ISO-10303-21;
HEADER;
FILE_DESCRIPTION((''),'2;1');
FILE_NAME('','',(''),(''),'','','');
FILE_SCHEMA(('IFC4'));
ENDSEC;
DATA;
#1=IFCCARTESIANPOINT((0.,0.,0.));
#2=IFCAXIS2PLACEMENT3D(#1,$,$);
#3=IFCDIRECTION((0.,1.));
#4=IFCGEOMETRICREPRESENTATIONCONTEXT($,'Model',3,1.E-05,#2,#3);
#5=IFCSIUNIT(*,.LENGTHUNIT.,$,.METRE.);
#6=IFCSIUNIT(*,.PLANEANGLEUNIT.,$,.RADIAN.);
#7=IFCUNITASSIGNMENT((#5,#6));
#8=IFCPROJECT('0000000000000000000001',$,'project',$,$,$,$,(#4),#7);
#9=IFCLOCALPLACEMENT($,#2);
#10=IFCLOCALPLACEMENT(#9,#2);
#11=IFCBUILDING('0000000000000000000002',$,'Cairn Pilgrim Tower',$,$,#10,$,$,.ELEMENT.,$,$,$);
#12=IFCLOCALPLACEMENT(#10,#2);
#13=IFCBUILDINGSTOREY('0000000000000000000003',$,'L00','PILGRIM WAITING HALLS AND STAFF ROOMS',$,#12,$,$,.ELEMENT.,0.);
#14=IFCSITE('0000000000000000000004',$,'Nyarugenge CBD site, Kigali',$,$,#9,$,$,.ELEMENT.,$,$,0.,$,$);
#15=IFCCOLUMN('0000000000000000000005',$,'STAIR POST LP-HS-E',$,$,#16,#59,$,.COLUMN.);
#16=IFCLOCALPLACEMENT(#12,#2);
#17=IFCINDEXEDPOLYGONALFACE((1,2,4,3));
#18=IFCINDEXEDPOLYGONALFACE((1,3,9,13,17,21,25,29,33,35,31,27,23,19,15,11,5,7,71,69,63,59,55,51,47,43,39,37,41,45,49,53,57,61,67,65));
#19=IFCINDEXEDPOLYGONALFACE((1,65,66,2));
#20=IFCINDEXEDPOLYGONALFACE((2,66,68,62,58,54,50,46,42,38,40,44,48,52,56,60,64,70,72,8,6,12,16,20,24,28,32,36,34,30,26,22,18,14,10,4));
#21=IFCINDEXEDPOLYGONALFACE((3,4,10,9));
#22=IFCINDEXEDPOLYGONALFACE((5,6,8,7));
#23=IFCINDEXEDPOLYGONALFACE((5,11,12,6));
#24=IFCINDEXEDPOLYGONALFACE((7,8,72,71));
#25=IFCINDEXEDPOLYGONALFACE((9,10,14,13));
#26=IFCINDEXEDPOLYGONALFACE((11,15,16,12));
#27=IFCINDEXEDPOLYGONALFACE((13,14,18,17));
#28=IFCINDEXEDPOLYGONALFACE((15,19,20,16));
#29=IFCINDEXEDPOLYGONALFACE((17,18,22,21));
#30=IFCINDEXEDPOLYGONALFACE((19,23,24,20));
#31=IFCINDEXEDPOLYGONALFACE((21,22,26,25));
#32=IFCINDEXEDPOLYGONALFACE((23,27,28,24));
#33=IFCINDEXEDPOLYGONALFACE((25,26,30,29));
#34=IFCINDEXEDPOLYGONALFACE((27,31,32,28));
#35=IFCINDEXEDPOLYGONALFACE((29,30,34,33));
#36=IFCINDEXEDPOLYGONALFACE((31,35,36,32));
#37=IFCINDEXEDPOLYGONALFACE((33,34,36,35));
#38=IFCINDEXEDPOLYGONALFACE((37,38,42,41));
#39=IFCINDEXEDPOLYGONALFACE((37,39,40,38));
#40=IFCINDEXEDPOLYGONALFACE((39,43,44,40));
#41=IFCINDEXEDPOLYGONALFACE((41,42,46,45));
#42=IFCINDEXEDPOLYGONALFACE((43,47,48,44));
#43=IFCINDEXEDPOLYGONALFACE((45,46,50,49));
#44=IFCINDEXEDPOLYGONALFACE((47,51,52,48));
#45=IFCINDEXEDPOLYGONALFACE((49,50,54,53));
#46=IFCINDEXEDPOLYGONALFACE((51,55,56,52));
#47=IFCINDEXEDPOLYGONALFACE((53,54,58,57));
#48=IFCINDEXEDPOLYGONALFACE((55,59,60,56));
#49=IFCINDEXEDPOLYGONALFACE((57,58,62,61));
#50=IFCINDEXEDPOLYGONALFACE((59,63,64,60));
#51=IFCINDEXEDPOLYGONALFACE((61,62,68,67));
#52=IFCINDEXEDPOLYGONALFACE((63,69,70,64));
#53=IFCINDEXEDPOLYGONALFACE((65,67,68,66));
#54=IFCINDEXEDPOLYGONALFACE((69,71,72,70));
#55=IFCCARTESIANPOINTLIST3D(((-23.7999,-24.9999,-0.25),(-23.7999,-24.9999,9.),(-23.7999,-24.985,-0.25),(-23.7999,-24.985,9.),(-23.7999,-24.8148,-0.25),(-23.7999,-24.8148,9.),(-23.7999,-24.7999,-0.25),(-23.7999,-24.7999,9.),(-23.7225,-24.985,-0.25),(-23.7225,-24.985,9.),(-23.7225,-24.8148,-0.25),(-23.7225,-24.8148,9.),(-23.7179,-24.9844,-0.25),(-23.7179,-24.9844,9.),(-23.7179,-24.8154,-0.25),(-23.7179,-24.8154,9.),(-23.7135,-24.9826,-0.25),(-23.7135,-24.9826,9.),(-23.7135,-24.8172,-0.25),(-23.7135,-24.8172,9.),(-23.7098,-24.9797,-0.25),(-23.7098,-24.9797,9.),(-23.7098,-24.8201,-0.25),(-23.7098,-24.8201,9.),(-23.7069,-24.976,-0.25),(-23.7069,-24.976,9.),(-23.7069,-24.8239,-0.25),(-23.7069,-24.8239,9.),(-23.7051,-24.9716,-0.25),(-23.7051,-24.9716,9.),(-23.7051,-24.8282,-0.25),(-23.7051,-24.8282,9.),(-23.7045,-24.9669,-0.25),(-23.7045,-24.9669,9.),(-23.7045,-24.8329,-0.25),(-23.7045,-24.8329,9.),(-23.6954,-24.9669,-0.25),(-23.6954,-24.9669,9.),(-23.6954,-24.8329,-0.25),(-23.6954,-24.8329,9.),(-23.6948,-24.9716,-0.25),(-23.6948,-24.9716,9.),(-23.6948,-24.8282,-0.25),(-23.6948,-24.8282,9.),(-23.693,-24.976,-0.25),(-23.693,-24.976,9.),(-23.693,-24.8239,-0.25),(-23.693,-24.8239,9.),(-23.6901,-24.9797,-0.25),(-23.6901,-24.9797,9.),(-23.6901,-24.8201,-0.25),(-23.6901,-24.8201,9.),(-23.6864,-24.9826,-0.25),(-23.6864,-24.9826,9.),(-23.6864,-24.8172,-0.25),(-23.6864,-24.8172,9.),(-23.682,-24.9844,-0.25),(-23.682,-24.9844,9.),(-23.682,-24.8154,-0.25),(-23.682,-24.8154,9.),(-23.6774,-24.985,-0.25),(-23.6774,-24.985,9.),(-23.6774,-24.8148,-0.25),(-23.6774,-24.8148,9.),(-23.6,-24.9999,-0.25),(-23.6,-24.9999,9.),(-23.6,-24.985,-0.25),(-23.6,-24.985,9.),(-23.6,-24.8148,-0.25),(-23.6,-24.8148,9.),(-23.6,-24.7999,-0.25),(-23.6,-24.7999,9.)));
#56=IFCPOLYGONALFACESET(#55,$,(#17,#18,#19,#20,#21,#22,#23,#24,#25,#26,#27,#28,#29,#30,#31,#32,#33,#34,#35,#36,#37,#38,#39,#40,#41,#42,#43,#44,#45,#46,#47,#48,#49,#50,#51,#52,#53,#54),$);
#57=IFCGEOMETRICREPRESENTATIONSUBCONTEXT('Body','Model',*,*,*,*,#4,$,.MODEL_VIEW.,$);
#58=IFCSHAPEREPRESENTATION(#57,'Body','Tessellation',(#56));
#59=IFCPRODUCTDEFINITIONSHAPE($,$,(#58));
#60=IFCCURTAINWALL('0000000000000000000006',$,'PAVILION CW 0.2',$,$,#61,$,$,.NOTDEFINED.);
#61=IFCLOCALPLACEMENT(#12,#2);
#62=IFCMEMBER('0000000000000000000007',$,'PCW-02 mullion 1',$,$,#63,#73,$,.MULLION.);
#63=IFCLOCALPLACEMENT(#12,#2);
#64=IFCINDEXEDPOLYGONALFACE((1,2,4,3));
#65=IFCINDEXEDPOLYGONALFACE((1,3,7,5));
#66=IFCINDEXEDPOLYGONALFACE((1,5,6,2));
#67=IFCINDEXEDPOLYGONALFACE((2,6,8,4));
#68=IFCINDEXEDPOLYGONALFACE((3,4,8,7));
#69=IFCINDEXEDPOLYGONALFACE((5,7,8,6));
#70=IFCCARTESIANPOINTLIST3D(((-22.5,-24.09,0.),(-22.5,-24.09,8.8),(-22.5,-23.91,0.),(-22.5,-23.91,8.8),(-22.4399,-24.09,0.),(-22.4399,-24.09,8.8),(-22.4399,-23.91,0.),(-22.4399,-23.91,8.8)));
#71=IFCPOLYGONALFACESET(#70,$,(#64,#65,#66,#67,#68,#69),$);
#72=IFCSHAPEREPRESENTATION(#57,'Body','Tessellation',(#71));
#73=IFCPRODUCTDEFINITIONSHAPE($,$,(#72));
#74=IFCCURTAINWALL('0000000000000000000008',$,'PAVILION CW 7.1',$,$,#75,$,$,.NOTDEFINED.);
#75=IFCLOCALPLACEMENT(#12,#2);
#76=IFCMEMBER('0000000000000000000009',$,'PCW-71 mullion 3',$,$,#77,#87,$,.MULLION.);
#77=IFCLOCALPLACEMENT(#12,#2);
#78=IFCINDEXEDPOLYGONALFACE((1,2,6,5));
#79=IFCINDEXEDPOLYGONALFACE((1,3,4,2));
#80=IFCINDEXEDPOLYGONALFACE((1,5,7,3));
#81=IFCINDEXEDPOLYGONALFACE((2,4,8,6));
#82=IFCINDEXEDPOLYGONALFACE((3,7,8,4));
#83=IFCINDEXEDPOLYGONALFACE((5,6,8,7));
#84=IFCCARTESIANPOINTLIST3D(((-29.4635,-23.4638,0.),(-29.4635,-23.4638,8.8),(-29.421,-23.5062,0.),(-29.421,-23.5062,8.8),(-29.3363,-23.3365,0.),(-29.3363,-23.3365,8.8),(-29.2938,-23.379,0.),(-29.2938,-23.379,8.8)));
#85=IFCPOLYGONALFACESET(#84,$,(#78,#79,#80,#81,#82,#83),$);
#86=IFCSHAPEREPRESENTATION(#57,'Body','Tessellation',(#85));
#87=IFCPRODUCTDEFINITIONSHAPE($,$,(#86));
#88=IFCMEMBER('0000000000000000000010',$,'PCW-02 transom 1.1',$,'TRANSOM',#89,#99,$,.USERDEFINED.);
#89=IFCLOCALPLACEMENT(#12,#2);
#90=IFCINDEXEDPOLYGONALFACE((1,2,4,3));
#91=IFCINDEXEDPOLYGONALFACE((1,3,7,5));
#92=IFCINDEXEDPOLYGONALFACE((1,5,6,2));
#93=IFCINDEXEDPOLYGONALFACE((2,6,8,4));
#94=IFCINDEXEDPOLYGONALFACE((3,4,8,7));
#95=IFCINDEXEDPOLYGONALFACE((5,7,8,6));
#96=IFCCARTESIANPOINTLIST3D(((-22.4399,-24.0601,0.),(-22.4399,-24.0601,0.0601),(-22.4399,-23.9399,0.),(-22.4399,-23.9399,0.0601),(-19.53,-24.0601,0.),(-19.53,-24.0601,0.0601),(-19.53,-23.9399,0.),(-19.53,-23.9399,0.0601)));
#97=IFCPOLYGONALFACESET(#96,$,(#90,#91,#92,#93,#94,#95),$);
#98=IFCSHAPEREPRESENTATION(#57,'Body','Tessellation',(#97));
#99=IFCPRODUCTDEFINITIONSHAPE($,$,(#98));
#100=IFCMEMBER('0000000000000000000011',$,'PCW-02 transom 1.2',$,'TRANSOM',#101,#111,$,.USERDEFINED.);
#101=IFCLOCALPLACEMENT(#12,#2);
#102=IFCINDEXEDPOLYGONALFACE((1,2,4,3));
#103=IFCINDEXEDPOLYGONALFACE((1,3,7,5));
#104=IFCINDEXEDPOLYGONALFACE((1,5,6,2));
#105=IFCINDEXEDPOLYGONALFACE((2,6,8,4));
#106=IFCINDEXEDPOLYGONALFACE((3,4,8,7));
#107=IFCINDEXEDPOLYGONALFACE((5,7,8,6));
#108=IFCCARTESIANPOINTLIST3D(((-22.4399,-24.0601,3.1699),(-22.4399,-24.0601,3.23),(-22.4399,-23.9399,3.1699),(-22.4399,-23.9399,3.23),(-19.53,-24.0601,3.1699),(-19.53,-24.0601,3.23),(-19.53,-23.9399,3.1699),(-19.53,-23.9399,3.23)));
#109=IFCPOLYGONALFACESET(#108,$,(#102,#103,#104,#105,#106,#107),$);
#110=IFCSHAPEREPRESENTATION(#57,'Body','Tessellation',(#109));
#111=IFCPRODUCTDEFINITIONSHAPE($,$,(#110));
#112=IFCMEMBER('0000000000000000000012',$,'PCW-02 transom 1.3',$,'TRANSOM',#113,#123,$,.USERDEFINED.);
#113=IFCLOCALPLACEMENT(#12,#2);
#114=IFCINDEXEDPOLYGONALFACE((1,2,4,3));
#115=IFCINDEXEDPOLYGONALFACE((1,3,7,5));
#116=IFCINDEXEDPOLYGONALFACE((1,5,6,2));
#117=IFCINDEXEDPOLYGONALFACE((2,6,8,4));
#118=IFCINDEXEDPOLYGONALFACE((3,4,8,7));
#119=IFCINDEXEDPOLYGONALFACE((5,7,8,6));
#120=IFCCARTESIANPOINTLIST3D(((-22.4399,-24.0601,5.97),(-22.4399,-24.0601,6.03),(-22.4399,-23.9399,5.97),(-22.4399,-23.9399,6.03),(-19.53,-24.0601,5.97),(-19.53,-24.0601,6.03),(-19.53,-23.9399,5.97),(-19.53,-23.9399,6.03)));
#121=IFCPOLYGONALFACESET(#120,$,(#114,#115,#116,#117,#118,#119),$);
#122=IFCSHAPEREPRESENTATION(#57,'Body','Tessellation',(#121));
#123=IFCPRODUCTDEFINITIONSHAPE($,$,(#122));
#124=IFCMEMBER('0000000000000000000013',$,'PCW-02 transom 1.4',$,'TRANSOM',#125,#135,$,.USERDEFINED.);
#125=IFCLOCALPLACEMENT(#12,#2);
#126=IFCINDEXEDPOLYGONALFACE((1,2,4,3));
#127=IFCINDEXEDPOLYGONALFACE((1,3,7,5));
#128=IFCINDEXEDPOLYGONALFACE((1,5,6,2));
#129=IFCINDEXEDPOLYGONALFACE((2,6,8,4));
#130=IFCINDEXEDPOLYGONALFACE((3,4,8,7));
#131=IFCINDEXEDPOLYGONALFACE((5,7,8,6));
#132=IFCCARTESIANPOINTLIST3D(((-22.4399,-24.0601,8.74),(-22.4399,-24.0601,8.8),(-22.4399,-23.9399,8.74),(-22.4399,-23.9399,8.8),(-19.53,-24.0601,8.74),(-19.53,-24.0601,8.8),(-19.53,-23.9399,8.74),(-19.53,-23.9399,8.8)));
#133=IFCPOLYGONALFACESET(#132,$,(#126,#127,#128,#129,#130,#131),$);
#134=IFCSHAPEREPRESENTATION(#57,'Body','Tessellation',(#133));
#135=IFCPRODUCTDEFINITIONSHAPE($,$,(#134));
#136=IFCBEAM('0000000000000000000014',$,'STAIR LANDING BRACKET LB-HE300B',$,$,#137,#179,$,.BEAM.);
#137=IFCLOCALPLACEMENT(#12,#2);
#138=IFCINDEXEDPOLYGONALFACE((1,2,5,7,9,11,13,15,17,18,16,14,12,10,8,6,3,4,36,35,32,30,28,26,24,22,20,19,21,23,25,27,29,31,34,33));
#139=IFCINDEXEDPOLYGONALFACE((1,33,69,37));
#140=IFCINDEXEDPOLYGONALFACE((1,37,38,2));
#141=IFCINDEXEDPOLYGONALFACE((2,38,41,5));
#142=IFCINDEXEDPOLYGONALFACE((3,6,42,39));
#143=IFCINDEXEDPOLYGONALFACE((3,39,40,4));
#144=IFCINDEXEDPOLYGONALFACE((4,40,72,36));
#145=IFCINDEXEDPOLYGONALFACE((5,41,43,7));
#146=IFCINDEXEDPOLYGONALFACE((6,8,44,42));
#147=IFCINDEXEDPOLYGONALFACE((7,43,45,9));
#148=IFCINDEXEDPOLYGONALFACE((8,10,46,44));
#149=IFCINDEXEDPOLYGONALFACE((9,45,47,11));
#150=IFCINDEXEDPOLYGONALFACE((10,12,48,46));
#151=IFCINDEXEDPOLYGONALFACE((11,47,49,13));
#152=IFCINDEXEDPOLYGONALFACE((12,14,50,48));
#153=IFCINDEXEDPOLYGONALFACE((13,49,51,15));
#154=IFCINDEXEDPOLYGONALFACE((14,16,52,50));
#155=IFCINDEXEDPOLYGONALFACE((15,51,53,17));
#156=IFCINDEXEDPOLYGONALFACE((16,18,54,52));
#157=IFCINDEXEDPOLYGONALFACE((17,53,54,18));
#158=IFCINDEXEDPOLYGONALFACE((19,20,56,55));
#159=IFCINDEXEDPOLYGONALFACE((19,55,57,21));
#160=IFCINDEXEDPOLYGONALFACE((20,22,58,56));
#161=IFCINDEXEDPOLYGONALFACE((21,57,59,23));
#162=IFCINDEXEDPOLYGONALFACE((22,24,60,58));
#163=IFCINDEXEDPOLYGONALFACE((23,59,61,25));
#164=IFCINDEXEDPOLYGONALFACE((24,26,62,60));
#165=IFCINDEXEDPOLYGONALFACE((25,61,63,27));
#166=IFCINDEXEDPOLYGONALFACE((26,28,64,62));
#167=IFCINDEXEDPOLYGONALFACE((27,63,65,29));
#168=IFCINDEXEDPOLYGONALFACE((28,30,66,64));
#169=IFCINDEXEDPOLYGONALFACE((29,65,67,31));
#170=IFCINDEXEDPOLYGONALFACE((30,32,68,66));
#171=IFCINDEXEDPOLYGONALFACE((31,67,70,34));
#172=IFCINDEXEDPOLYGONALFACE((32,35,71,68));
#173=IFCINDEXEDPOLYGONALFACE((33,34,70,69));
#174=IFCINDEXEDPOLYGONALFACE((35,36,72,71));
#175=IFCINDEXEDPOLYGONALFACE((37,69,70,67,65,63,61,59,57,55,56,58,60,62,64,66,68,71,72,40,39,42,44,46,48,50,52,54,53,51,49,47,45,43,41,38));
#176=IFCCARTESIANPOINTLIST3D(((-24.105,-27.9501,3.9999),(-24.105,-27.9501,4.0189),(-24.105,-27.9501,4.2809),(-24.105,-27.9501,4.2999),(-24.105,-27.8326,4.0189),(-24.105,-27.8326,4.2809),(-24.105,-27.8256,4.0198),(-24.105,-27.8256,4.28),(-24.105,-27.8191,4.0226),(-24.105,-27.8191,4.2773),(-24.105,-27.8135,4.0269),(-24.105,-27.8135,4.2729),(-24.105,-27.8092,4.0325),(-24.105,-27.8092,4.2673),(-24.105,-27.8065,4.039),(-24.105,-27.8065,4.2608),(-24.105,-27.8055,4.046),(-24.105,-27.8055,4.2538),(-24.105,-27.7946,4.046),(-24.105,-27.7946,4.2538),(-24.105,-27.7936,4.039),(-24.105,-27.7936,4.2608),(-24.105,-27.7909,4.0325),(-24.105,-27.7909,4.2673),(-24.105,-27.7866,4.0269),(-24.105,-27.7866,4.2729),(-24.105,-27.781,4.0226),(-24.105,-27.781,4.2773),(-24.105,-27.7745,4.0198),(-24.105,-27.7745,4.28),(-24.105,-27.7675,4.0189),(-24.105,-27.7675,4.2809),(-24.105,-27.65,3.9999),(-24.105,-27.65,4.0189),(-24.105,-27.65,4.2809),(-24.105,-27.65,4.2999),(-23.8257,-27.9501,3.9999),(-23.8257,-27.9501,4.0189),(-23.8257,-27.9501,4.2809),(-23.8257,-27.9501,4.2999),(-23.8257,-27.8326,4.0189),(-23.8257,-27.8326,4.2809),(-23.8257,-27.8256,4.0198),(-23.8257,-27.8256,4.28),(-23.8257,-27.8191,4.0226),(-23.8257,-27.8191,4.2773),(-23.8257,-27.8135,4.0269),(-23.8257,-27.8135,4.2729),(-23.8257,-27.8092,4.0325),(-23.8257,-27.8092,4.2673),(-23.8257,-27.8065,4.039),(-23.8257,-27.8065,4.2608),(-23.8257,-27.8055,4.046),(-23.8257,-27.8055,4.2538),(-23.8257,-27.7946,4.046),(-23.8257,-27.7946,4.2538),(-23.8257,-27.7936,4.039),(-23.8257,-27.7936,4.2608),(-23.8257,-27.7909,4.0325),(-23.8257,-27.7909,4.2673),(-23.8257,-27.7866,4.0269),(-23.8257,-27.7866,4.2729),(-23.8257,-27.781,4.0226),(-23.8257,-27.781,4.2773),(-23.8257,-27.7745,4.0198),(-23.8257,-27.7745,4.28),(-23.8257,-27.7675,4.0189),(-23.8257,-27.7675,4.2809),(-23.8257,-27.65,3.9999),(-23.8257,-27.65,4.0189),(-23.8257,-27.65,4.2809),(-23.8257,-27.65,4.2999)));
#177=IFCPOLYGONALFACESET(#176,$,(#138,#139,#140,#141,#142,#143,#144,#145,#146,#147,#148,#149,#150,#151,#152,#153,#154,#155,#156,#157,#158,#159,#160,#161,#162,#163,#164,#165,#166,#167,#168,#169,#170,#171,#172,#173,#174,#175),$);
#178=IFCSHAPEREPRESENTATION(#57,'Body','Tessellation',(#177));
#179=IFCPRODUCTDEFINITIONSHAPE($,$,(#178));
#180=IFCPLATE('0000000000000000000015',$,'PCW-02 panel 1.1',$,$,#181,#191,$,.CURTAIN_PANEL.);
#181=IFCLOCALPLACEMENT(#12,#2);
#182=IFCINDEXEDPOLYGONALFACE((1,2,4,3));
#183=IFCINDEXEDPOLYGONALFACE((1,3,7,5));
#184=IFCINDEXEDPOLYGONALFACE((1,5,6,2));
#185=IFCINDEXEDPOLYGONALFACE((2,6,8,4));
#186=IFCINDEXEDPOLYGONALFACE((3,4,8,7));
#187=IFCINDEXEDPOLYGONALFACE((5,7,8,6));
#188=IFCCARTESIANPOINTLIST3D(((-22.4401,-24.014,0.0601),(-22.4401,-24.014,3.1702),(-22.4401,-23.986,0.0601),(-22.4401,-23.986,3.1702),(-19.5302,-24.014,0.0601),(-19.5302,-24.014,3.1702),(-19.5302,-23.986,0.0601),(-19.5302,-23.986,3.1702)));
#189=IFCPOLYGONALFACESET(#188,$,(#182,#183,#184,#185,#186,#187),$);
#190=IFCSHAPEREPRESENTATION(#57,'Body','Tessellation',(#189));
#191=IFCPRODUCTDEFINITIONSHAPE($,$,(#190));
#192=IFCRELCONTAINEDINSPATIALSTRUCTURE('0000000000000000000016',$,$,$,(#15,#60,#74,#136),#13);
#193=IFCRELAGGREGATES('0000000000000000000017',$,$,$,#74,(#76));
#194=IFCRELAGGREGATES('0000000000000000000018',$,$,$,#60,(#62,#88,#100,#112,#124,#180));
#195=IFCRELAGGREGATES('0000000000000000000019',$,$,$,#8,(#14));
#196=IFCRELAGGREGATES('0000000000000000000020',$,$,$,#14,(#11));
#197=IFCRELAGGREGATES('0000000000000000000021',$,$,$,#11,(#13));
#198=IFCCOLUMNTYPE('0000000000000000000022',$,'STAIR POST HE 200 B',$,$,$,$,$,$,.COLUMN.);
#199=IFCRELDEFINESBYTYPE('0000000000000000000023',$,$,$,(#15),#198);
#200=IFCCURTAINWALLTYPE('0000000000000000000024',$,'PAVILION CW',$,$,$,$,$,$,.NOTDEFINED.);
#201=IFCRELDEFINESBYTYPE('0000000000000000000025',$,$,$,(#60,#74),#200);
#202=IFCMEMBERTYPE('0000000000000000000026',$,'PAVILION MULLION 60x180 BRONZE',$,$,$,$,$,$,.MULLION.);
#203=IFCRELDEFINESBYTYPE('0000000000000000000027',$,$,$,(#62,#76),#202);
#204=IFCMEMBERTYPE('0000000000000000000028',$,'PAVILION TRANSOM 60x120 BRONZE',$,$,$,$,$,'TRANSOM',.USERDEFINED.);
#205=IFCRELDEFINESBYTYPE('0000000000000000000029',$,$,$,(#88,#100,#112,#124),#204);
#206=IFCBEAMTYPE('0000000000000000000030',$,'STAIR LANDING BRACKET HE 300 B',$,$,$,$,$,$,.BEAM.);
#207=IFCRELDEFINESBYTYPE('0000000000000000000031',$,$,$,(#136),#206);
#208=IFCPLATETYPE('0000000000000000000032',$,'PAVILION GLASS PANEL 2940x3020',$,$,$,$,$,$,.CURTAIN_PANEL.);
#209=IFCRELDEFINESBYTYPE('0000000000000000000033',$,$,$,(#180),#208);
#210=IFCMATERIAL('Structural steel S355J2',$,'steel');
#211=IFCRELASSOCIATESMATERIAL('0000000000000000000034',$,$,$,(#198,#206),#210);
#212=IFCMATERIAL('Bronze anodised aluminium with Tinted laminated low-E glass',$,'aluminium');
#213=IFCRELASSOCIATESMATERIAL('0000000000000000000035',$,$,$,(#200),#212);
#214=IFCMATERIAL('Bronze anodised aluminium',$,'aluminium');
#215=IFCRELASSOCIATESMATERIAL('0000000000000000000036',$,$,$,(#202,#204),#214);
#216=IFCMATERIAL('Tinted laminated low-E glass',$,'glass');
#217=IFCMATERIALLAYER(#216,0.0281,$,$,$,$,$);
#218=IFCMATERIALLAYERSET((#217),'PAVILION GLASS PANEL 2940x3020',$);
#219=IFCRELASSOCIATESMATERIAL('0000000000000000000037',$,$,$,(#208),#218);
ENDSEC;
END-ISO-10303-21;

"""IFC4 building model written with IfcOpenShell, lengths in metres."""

from ifc_helpers import new_model, si_unit, direction, frame, origin, origin_2d, place, context, subcontext, project, spatial, rectangle, i_section, extrude, material, layer, layer_set, material_profile, profile_set, type_object, element, aggregate, save


model = new_model("IFC4")

# Units and contexts
model_context = context("Model", 3, precision=1e-05, world=origin(), true_north=direction((0.0, 1.0)))
body_context = subcontext(model_context, "Body", "Model", "MODEL_VIEW")
ifc_project = project(units=[si_unit("LENGTHUNIT", "METRE"), si_unit("PLANEANGLEUNIT", "RADIAN")], contexts=[model_context])

# Site, building, storey
site_placement = place(None, origin())
site = spatial("IfcSite", under=ifc_project, at=site_placement, Name="Nyarugenge CBD site, Kigali", CompositionType="ELEMENT", RefElevation=0.0)
building_placement = place(site_placement, origin())
building = spatial("IfcBuilding", under=site, at=building_placement, Name="Cairn Pilgrim Tower", CompositionType="ELEMENT")
storey_placement = place(building_placement, origin())
storey = spatial("IfcBuildingStorey", under=building, at=storey_placement, Name="L00", Description="PILGRIM WAITING HALLS AND STAFF ROOMS", CompositionType="ELEMENT", Elevation=0.0)

# Column
ifc_material_1 = material(Name="Structural steel S355J2", Category="steel")
ifc_material_profile_1 = material_profile(ifc_material_1, i_section(OverallWidth=0.2, OverallDepth=0.2, WebThickness=0.009, FlangeThickness=0.0149, FilletRadius=0.0181, at=origin_2d()), Name="HE 200 B")
ifc_profile_set_1 = profile_set([ifc_material_profile_1], Name="Structural steel S355J2")
column_type_1 = type_object("IfcColumnType", Name="STAIR POST HE 200 B", PredefinedType="COLUMN", material=ifc_profile_set_1)
column_1_placement = place(storey_placement, frame((-23.7, -24.8999, -0.25), z_axis=(0.0, 0.0, 1.0), x_axis=(1.0, 0.0, 0.0)))
element("IfcColumn", 1, at=column_1_placement, inside=storey, type_object=column_type_1, Name="STAIR POST LP-HS-E", PredefinedType="COLUMN", context=body_context, shape_type="SweptSolid", body=[
    extrude(i_section(OverallWidth=0.2, OverallDepth=0.2, WebThickness=0.009, FlangeThickness=0.0149, FilletRadius=0.0181, at=origin_2d()), origin(), (0.0, 0.0, 1.0), 9.25),
])

# Curtain walls, members
ifc_material_2 = material(Name="Bronze anodised aluminium with Tinted laminated low-E glass", Category="aluminium")
curtain_wall_type = type_object("IfcCurtainWallType", Name="PAVILION CW", PredefinedType="NOTDEFINED", material=ifc_material_2)
curtain_wall_1_placement = place(storey_placement, origin())
curtain_wall_1 = element("IfcCurtainWall", 2, at=curtain_wall_1_placement, inside=storey, type_object=curtain_wall_type, Name="PAVILION CW 0.2", PredefinedType="NOTDEFINED")
ifc_material_3 = material(Name="Bronze anodised aluminium", Category="aluminium")
ifc_material_profile_2 = material_profile(ifc_material_3, rectangle(XDim=0.1799, YDim=0.0601, at=origin_2d()), Name="PAVILION MULLION 60x180 BRONZE")
ifc_profile_set_2 = profile_set([ifc_material_profile_2], Name="Bronze anodised aluminium")
member_type_1 = type_object("IfcMemberType", Name="PAVILION MULLION 60x180 BRONZE", PredefinedType="MULLION", material=ifc_profile_set_2)
member_1_placement = place(storey_placement, frame((-22.47, -24.0, 0.0), z_axis=(0.0, 0.0, 1.0), x_axis=(0.0, 1.0, 0.0)))
member_1 = element("IfcMember", 3, at=member_1_placement, type_object=member_type_1, Name="PCW-02 mullion 1", PredefinedType="MULLION", context=body_context, shape_type="SweptSolid", body=[
    extrude(rectangle(XDim=0.1799, YDim=0.0601, at=origin_2d()), origin(), (0.0, 0.0, 1.0), 8.8),
])
curtain_wall_2_placement = place(storey_placement, origin())
curtain_wall_2 = element("IfcCurtainWall", 4, at=curtain_wall_2_placement, inside=storey, type_object=curtain_wall_type, Name="PAVILION CW 7.1", PredefinedType="NOTDEFINED")
member_2_placement = place(storey_placement, frame((-29.3787, -23.4214, 0.0), z_axis=(0.0, 0.0, 1.0), x_axis=(0.707107, 0.707107, 0.0)))
member_2 = element("IfcMember", 5, at=member_2_placement, type_object=member_type_1, Name="PCW-71 mullion 3", PredefinedType="MULLION", context=body_context, shape_type="SweptSolid", body=[
    extrude(rectangle(XDim=0.1799, YDim=0.0601, at=origin_2d()), origin(), (0.0, 0.0, 1.0), 8.8),
])
aggregate(curtain_wall_2, [member_2])

# Members
ifc_material_profile_3 = material_profile(ifc_material_3, rectangle(XDim=0.1201, YDim=0.0601, at=origin_2d()), Name="PAVILION TRANSOM 60x120 BRONZE")
ifc_profile_set_3 = profile_set([ifc_material_profile_3], Name="Bronze anodised aluminium")
member_type_2 = type_object("IfcMemberType", Name="PAVILION TRANSOM 60x120 BRONZE", ElementType="TRANSOM", PredefinedType="USERDEFINED", material=ifc_profile_set_3)
member_3_placement = place(storey_placement, frame((-22.4399, -24.0, 0.03), z_axis=(1.0, 0.0, 0.0), x_axis=(0.0, 1.0, 0.0)))
member_3 = element("IfcMember", 6, at=member_3_placement, type_object=member_type_2, Name="PCW-02 transom 1.1", ObjectType="TRANSOM", PredefinedType="USERDEFINED", context=body_context, shape_type="SweptSolid", body=[
    extrude(rectangle(XDim=0.1201, YDim=0.0601, at=origin_2d()), origin(), (0.0, 0.0, 1.0), 2.9099),
])
member_4_placement = place(storey_placement, frame((-22.4399, -24.0, 3.2), z_axis=(1.0, 0.0, 0.0), x_axis=(0.0, 1.0, 0.0)))
member_4 = element("IfcMember", 7, at=member_4_placement, type_object=member_type_2, Name="PCW-02 transom 1.2", ObjectType="TRANSOM", PredefinedType="USERDEFINED", context=body_context, shape_type="SweptSolid", body=[
    extrude(rectangle(XDim=0.1201, YDim=0.0601, at=origin_2d()), origin(), (0.0, 0.0, 1.0), 2.9099),
])
member_5_placement = place(storey_placement, frame((-22.4399, -24.0, 6.0), z_axis=(1.0, 0.0, 0.0), x_axis=(0.0, 1.0, 0.0)))
member_5 = element("IfcMember", 8, at=member_5_placement, type_object=member_type_2, Name="PCW-02 transom 1.3", ObjectType="TRANSOM", PredefinedType="USERDEFINED", context=body_context, shape_type="SweptSolid", body=[
    extrude(rectangle(XDim=0.1201, YDim=0.0601, at=origin_2d()), origin(), (0.0, 0.0, 1.0), 2.9099),
])
member_6_placement = place(storey_placement, frame((-22.4399, -24.0, 8.77), z_axis=(1.0, 0.0, 0.0), x_axis=(0.0, 1.0, 0.0)))
member_6 = element("IfcMember", 9, at=member_6_placement, type_object=member_type_2, Name="PCW-02 transom 1.4", ObjectType="TRANSOM", PredefinedType="USERDEFINED", context=body_context, shape_type="SweptSolid", body=[
    extrude(rectangle(XDim=0.1201, YDim=0.0601, at=origin_2d()), origin(), (0.0, 0.0, 1.0), 2.9099),
])

# Beam
ifc_material_profile_4 = material_profile(ifc_material_1, i_section(OverallWidth=0.3, OverallDepth=0.3, WebThickness=0.011, FlangeThickness=0.019, FilletRadius=0.0271, at=origin_2d()), Name="HE 300 B")
ifc_profile_set_4 = profile_set([ifc_material_profile_4], Name="Structural steel S355J2")
beam_type = type_object("IfcBeamType", Name="STAIR LANDING BRACKET HE 300 B", PredefinedType="BEAM", material=ifc_profile_set_4)
beam_placement = place(storey_placement, frame((-23.8257, -27.8, 4.1499), z_axis=(-1.0, 0.0, 0.0), x_axis=(0.0, -1.0, 0.0)))
element("IfcBeam", 10, at=beam_placement, inside=storey, type_object=beam_type, Name="STAIR LANDING BRACKET LB-HE300B", PredefinedType="BEAM", context=body_context, shape_type="SweptSolid", body=[
    extrude(i_section(OverallWidth=0.3, OverallDepth=0.3, WebThickness=0.011, FlangeThickness=0.019, FilletRadius=0.0271, at=origin_2d()), origin(), (0.0, 0.0, 1.0), 0.2793),
])

# Plate
ifc_material_4 = material(Name="Tinted laminated low-E glass", Category="glass")
ifc_layer_1 = layer(ifc_material_4, 0.0281)
ifc_layer_set_1 = layer_set([ifc_layer_1], Name="PAVILION GLASS PANEL 2940x3020")
plate_type = type_object("IfcPlateType", Name="PAVILION GLASS PANEL 2940x3020", PredefinedType="CURTAIN_PANEL", material=ifc_layer_set_1)
plate_placement = place(storey_placement, frame((-20.9851, -24.0, 0.0601), z_axis=(0.0, 0.0, 1.0), x_axis=(1.0, 0.0, 0.0)))
plate = element("IfcPlate", 11, at=plate_placement, type_object=plate_type, Name="PCW-02 panel 1.1", PredefinedType="CURTAIN_PANEL", context=body_context, shape_type="SweptSolid", body=[
    extrude(rectangle(XDim=2.9099, YDim=0.0281, at=origin_2d()), origin(), (0.0, 0.0, 1.0), 3.1101),
])
aggregate(curtain_wall_1, [member_1, member_3, member_4, member_5, member_6, plate])

save(model, "model.ifc")
